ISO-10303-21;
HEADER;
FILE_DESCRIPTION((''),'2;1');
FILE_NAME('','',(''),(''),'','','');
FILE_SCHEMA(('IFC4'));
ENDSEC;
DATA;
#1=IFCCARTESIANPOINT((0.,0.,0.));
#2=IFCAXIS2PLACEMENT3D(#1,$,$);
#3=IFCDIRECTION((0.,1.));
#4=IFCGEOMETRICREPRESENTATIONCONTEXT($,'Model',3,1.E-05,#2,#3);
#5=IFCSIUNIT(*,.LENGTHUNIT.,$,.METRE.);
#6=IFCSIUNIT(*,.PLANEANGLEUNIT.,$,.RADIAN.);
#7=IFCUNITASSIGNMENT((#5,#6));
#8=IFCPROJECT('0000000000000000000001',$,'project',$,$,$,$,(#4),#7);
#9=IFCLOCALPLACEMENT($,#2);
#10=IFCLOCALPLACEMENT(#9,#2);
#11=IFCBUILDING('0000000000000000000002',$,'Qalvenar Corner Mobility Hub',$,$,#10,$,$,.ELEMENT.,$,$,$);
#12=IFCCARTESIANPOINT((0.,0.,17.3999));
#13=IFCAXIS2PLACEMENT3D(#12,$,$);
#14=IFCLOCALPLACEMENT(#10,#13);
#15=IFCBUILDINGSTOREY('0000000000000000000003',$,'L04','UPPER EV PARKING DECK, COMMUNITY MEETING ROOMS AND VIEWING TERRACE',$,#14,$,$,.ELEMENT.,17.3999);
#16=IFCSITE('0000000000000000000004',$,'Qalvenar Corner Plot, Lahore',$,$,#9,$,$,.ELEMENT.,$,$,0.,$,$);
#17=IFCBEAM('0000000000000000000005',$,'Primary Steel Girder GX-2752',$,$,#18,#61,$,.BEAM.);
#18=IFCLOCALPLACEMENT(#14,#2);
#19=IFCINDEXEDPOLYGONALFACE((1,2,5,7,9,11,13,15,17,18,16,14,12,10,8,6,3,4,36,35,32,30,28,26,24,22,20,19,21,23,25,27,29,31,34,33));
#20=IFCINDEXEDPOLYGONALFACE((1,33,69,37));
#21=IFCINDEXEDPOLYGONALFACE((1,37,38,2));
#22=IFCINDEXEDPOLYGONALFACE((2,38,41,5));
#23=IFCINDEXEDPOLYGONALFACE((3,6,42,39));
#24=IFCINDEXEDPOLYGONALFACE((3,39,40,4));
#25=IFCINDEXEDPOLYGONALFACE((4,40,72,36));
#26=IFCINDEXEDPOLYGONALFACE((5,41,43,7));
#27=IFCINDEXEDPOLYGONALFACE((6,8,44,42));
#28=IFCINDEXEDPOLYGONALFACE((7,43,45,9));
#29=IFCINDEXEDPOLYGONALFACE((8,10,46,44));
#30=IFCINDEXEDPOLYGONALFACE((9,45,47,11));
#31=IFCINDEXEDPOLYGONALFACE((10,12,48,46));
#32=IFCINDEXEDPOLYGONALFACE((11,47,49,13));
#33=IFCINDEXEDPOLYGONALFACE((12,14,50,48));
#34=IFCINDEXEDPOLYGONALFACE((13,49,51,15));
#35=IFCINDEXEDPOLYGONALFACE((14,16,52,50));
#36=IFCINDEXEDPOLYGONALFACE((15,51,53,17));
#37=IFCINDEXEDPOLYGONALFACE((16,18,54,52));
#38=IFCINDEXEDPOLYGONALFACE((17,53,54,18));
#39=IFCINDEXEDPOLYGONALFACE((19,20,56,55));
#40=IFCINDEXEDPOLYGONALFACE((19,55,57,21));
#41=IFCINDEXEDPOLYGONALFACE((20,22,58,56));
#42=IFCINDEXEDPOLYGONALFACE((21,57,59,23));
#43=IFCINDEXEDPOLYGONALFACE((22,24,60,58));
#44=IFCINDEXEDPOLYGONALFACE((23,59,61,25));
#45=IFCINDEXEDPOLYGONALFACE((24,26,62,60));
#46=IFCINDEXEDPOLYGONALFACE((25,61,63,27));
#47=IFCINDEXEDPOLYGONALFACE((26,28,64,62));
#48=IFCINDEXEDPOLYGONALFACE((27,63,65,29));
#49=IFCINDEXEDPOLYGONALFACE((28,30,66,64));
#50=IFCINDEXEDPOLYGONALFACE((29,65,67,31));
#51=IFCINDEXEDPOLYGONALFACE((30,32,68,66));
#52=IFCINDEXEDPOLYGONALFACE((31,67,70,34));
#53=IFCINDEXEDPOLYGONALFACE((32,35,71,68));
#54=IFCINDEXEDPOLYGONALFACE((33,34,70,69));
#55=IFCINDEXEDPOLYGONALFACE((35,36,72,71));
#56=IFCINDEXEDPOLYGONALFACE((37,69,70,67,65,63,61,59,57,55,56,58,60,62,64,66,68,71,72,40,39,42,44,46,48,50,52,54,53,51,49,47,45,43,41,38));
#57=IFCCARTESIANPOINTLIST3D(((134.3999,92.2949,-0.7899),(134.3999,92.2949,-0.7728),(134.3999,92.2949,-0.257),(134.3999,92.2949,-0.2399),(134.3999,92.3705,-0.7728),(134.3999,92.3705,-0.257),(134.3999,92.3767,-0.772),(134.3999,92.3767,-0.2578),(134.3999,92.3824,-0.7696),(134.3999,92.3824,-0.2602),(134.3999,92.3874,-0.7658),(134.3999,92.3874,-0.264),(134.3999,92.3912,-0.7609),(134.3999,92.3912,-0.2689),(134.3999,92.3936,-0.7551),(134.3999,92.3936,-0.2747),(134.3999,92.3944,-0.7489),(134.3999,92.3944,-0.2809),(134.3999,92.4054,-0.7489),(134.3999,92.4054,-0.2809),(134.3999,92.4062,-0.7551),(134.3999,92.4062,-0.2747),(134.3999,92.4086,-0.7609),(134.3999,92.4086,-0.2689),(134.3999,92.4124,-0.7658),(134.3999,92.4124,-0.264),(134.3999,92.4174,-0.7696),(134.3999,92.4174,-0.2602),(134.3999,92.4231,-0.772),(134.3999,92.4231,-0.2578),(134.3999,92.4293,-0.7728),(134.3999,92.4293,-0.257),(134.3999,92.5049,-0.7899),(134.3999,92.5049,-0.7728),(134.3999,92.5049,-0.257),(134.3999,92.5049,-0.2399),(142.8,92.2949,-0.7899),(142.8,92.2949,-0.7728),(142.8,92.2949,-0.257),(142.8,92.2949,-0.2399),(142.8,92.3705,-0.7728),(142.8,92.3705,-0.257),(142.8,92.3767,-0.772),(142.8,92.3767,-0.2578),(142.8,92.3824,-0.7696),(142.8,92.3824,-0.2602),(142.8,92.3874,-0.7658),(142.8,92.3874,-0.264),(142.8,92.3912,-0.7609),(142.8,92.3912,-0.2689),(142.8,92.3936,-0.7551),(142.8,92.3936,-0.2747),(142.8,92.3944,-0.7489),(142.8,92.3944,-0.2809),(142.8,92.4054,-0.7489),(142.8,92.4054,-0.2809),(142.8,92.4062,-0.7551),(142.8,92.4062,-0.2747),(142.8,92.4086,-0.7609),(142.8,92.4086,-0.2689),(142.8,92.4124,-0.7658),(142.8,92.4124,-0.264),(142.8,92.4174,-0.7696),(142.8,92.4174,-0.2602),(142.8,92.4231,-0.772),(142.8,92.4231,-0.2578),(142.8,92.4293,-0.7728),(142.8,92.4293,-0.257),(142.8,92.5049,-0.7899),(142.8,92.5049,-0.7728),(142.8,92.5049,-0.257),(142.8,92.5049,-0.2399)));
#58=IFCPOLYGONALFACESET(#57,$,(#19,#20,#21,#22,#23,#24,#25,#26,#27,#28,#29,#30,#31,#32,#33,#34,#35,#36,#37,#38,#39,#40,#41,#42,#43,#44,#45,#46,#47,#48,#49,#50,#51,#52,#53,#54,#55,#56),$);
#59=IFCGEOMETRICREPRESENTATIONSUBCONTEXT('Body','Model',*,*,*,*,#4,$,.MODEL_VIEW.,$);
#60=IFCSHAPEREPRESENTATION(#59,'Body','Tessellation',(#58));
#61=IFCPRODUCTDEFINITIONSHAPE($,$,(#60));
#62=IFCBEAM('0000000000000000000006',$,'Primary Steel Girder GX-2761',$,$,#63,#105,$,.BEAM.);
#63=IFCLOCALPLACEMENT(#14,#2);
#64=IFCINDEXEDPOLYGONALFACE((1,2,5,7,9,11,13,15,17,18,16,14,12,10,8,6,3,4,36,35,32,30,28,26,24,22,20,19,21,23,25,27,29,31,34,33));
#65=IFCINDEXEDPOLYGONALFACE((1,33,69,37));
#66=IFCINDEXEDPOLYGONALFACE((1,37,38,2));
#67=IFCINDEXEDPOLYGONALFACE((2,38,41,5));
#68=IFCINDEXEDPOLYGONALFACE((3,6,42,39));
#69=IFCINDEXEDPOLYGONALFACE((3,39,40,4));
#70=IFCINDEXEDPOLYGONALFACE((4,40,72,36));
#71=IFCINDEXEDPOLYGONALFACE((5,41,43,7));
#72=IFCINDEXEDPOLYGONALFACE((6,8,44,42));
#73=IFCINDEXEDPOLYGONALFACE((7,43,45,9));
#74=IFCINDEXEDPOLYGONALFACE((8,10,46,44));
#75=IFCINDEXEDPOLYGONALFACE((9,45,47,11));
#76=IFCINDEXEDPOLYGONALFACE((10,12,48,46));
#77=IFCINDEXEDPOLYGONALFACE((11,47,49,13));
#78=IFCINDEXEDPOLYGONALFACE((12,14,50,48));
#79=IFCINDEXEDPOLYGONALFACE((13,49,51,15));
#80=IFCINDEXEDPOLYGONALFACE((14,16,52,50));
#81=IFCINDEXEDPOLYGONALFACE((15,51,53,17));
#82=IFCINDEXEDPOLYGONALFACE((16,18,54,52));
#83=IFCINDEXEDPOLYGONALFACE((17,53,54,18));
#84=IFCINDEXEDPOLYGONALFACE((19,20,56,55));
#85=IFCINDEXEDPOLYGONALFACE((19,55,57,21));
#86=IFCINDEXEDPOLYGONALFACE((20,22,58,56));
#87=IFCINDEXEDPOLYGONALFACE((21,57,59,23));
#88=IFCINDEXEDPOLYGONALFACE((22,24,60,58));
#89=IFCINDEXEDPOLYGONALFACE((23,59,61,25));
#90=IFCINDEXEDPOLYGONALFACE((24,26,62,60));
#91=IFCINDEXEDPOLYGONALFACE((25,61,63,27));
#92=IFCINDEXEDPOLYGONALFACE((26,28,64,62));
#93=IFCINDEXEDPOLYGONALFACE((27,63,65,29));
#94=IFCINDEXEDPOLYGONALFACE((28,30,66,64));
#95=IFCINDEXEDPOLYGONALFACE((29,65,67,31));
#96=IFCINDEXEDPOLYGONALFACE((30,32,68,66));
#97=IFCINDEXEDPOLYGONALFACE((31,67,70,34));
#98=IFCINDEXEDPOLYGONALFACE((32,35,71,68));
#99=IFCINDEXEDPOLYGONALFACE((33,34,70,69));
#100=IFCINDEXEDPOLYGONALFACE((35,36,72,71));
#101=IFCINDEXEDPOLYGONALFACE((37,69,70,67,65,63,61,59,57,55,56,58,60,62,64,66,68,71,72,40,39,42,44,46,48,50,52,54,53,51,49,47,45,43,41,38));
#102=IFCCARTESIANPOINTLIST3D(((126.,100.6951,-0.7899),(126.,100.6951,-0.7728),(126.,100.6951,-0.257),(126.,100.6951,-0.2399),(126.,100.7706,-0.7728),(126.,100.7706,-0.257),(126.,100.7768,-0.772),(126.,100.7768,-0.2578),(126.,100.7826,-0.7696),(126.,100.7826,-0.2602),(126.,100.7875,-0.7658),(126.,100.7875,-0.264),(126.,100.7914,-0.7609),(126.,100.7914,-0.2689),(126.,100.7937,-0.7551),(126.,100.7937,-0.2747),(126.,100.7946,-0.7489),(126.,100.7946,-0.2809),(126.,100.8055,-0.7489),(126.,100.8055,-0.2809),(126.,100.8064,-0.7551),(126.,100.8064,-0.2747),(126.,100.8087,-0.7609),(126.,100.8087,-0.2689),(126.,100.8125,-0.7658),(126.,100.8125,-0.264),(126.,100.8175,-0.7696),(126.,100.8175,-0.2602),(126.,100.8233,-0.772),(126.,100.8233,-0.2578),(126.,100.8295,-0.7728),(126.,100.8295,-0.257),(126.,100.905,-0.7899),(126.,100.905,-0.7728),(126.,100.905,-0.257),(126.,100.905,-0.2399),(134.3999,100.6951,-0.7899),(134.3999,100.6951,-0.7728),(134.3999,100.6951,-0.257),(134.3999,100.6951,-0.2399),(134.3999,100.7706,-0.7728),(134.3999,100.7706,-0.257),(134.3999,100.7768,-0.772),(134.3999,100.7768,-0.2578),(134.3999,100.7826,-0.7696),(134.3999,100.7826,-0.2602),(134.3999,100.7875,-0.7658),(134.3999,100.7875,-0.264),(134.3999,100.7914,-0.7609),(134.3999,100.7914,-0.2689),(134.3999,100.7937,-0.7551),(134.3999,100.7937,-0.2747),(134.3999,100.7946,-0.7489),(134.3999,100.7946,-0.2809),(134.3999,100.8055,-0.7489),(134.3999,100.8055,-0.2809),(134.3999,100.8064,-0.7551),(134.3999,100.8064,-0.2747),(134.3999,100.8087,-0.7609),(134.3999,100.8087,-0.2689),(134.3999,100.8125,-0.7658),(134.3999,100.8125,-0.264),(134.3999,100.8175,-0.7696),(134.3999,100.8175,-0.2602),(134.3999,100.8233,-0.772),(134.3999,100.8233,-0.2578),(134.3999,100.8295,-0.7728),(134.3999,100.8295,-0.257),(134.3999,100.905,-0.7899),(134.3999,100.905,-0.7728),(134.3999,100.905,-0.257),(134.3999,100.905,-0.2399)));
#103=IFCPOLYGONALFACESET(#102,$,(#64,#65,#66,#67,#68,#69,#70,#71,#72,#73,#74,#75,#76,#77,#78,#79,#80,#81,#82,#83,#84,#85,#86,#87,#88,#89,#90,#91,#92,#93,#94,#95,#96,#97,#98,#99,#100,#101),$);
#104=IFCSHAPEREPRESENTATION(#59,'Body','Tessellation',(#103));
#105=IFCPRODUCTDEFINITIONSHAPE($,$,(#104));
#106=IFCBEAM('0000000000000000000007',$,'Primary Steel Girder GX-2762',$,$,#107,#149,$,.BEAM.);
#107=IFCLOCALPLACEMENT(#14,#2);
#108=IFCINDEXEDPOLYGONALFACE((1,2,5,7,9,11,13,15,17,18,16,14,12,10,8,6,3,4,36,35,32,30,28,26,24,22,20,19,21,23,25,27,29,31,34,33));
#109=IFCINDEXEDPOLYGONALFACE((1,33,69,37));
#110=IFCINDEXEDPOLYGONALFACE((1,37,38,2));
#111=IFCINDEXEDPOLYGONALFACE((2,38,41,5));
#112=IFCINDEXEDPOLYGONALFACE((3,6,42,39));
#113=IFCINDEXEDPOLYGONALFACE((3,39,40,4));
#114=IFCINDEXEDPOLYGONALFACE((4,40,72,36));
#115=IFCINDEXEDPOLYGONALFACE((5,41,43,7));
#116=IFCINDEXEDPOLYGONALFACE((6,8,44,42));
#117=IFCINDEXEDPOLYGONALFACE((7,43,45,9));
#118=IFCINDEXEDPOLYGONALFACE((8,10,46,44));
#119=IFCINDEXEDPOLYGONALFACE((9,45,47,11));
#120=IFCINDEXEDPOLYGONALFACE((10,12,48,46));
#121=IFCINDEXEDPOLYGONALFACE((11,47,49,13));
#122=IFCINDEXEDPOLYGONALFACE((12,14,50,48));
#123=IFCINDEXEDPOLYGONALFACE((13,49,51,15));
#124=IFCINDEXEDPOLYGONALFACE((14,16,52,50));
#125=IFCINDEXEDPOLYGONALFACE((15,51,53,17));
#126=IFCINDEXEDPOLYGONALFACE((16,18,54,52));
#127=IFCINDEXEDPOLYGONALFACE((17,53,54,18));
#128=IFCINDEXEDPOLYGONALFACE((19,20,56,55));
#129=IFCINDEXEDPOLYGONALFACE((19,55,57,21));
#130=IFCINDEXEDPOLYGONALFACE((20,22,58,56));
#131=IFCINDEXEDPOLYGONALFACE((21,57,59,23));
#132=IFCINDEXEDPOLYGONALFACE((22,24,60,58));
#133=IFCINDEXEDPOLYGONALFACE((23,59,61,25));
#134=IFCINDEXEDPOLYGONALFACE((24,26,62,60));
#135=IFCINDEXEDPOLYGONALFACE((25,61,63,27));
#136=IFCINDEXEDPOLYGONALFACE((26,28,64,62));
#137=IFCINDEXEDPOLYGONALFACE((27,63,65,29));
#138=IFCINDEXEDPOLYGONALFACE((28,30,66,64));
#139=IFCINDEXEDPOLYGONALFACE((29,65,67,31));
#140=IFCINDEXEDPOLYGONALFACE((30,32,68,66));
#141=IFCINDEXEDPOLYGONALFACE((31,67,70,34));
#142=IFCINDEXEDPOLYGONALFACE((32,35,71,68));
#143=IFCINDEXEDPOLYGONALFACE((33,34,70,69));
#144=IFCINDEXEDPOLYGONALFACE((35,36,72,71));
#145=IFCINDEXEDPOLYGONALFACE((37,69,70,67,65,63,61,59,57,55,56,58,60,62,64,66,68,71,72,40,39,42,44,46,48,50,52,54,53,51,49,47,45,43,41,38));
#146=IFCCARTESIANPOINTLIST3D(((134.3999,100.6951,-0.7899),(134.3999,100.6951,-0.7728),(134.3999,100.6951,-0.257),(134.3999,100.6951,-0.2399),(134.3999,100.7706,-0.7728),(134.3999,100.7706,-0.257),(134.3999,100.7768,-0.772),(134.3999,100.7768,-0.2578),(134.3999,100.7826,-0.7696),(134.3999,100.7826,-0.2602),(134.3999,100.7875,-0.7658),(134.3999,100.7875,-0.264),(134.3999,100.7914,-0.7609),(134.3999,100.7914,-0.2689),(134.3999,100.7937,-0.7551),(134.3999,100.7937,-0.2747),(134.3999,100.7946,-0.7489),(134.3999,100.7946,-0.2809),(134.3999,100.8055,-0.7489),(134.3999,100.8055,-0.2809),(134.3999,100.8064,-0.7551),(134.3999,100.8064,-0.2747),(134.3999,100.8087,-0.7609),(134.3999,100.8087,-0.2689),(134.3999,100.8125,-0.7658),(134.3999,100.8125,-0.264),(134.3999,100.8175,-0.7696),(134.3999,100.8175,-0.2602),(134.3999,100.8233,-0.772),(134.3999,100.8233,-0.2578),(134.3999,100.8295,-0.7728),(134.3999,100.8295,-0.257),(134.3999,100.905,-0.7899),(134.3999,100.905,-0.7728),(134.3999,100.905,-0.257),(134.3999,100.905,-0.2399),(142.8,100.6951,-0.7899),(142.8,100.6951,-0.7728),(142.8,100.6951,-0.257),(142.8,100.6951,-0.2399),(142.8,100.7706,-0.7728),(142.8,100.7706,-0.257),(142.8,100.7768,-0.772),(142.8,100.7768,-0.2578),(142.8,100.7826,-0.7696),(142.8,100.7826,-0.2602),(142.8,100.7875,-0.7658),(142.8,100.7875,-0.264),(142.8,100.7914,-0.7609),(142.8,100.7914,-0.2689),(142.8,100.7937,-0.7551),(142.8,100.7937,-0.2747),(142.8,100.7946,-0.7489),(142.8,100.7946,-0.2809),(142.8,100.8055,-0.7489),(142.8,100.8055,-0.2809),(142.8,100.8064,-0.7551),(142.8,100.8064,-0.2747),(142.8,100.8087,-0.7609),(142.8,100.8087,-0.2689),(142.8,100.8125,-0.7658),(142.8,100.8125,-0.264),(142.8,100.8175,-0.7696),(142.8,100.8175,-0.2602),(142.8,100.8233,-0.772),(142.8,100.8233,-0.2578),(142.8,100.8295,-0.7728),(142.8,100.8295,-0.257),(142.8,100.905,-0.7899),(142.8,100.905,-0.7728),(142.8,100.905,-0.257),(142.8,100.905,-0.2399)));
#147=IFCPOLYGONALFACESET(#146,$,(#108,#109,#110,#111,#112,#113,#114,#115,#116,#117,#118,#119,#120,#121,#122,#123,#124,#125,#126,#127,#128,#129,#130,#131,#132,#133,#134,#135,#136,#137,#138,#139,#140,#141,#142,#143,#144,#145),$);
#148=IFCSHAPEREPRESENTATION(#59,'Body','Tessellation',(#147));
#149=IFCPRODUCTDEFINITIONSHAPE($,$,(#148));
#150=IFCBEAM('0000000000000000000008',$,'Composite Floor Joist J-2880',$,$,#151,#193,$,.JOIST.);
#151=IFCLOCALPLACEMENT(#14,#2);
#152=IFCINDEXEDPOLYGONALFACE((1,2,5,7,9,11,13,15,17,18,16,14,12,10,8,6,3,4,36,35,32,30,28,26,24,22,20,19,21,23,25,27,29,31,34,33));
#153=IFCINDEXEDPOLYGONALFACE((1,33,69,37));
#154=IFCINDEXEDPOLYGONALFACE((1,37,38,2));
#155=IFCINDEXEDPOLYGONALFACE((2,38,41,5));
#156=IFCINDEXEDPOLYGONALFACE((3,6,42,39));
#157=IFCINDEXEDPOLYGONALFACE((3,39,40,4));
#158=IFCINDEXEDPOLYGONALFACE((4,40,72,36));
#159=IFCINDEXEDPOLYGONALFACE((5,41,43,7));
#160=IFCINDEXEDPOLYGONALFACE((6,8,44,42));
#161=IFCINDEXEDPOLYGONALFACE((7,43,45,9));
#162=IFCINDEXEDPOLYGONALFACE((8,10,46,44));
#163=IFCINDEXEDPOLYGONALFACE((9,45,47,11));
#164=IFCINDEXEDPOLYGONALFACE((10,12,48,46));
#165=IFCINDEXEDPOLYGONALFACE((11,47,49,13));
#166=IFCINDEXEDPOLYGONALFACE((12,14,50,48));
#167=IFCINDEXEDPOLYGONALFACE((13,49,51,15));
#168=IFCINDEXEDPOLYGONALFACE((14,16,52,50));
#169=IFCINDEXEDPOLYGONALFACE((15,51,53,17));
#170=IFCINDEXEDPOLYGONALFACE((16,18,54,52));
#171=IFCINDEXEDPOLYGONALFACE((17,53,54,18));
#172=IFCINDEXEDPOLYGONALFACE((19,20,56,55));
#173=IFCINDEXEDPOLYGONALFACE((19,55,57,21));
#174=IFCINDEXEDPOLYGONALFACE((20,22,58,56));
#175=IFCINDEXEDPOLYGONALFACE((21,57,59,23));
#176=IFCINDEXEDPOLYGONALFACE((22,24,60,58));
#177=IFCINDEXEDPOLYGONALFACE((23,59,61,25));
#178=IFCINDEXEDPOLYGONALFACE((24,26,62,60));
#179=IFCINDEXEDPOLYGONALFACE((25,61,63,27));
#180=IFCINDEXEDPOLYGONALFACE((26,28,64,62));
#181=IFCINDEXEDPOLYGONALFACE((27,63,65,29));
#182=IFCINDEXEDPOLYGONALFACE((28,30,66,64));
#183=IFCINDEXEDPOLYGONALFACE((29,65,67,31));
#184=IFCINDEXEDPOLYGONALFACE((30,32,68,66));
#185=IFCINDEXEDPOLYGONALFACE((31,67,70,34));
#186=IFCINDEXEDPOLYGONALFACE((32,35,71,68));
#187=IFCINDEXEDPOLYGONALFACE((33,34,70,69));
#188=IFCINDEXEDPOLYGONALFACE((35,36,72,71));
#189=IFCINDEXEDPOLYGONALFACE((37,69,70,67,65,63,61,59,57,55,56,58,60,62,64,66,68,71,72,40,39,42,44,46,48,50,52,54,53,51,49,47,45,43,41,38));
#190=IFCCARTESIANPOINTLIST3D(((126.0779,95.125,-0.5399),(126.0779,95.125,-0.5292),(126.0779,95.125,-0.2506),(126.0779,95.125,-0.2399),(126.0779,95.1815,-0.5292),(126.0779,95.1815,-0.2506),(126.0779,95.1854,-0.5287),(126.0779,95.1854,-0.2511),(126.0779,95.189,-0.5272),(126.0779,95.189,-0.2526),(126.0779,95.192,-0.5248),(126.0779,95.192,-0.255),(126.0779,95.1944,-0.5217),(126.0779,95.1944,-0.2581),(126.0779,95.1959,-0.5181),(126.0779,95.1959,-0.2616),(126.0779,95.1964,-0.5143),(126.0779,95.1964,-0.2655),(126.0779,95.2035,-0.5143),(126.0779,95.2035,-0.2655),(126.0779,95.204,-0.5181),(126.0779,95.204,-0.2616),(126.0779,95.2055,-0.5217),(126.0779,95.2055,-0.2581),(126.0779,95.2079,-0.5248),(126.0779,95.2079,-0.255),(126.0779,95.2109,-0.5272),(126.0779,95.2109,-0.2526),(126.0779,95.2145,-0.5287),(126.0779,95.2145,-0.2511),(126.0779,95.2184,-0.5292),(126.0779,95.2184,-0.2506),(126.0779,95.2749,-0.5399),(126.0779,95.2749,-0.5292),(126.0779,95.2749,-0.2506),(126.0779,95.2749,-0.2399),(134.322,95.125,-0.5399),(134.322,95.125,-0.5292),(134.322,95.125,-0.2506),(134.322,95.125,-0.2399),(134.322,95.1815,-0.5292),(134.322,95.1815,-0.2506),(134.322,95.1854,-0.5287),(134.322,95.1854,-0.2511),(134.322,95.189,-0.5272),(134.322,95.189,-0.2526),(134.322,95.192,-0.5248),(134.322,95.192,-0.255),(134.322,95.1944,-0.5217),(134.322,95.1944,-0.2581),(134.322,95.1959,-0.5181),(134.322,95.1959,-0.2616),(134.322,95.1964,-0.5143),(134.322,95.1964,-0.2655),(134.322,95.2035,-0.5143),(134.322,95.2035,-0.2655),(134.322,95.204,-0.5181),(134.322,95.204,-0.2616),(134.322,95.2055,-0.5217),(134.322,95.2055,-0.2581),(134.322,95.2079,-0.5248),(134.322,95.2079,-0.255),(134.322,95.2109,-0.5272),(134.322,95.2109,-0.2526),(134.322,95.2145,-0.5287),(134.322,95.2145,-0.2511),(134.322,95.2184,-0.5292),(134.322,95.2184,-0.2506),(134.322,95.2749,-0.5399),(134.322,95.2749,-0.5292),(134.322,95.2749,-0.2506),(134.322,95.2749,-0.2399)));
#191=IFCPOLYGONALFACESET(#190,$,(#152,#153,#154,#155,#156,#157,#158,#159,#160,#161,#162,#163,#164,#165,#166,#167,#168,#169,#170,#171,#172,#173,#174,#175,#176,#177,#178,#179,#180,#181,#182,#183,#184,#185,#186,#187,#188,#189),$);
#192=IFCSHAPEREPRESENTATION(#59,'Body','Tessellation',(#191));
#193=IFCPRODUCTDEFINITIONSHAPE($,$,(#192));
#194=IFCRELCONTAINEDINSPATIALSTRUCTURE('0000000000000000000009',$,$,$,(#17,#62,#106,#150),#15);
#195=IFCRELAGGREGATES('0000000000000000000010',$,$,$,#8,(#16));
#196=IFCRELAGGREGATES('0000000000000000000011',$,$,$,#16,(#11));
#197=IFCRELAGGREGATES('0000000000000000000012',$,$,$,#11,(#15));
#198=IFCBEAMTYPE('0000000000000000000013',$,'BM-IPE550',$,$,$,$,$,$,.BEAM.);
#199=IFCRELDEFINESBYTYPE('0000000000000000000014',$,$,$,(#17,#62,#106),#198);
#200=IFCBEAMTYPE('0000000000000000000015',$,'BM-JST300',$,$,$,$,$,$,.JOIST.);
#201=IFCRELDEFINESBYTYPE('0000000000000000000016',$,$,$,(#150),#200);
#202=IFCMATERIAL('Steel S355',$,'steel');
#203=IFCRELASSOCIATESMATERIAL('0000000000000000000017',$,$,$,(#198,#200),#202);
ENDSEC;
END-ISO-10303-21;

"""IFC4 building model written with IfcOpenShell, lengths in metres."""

from ifc_helpers import new_model, si_unit, direction, frame, origin, origin_2d, place, context, subcontext, project, spatial, i_section, extrude, material, material_profile, profile_set, type_object, element, save


model = new_model("IFC4")

# Units and contexts
model_context = context("Model", 3, precision=1e-05, world=origin(), true_north=direction((0.0, 1.0)))
body_context = subcontext(model_context, "Body", "Model", "MODEL_VIEW")
ifc_project = project(units=[si_unit("LENGTHUNIT", "METRE"), si_unit("PLANEANGLEUNIT", "RADIAN")], contexts=[model_context])

# Site, building, storey
site_placement = place(None, origin())
site = spatial("IfcSite", under=ifc_project, at=site_placement, Name="Qalvenar Corner Plot, Lahore", CompositionType="ELEMENT", RefElevation=0.0)
building_placement = place(site_placement, origin())
building = spatial("IfcBuilding", under=site, at=building_placement, Name="Qalvenar Corner Mobility Hub", CompositionType="ELEMENT")
storey_placement = place(building_placement, frame((0.0, 0.0, 17.3999)))
storey = spatial("IfcBuildingStorey", under=building, at=storey_placement, Name="L04", Description="UPPER EV PARKING DECK, COMMUNITY MEETING ROOMS AND VIEWING TERRACE", CompositionType="ELEMENT", Elevation=17.3999)

# Shared definitions
ifc_material_1 = material(Name="Steel S355", Category="steel")

# Beams
ifc_material_profile_1 = material_profile(ifc_material_1, i_section(OverallWidth=0.21, OverallDepth=0.55, WebThickness=0.011, FlangeThickness=0.0171, FilletRadius=0.0239, at=origin_2d()), Name="IPE550")
ifc_profile_set_1 = profile_set([ifc_material_profile_1], Name="Steel S355")
beam_type_1 = type_object("IfcBeamType", Name="BM-IPE550", PredefinedType="BEAM", material=ifc_profile_set_1)
beam_1_placement = place(storey_placement, frame((134.3999, 92.3999, -0.5149), z_axis=(1.0, 0.0, 0.0), x_axis=(0.0, 1.0, 0.0)))
element("IfcBeam", 1, at=beam_1_placement, inside=storey, type_object=beam_type_1, Name="Primary Steel Girder GX-2752", PredefinedType="BEAM", context=body_context, shape_type="SweptSolid", body=[
    extrude(i_section(OverallWidth=0.21, OverallDepth=0.55, WebThickness=0.011, FlangeThickness=0.0171, FilletRadius=0.0239, at=origin_2d()), origin(), (0.0, 0.0, 1.0), 8.4001),
])
beam_2_placement = place(storey_placement, frame((126.0, 100.8, -0.5149), z_axis=(1.0, 0.0, 0.0), x_axis=(0.0, 1.0, 0.0)))
element("IfcBeam", 2, at=beam_2_placement, inside=storey, type_object=beam_type_1, Name="Primary Steel Girder GX-2761", PredefinedType="BEAM", context=body_context, shape_type="SweptSolid", body=[
    extrude(i_section(OverallWidth=0.21, OverallDepth=0.55, WebThickness=0.011, FlangeThickness=0.0171, FilletRadius=0.0239, at=origin_2d()), origin(), (0.0, 0.0, 1.0), 8.3999),
])
beam_3_placement = place(storey_placement, frame((134.3999, 100.8, -0.5149), z_axis=(1.0, 0.0, 0.0), x_axis=(0.0, 1.0, 0.0)))
element("IfcBeam", 3, at=beam_3_placement, inside=storey, type_object=beam_type_1, Name="Primary Steel Girder GX-2762", PredefinedType="BEAM", context=body_context, shape_type="SweptSolid", body=[
    extrude(i_section(OverallWidth=0.21, OverallDepth=0.55, WebThickness=0.011, FlangeThickness=0.0171, FilletRadius=0.0239, at=origin_2d()), origin(), (0.0, 0.0, 1.0), 8.4001),
])
ifc_material_profile_2 = material_profile(ifc_material_1, i_section(OverallWidth=0.1499, OverallDepth=0.3, WebThickness=0.0071, FlangeThickness=0.0107, FilletRadius=0.0149, at=origin_2d()), Name="IPE300")
ifc_profile_set_2 = profile_set([ifc_material_profile_2], Name="Steel S355")
beam_type_2 = type_object("IfcBeamType", Name="BM-JST300", PredefinedType="JOIST", material=ifc_profile_set_2)
for number, where, z_axis, x_axis, name in (
    (4, (126.0779, 95.2, -0.3899), (1.0, 0.0, 0.0), (0.0, 1.0, 0.0), "Composite Floor Joist J-2880"),
):
    element("IfcBeam", number, at=place(storey_placement, frame(where, z_axis=z_axis, x_axis=x_axis)), inside=storey, type_object=beam_type_2, Name=name, PredefinedType="JOIST", context=body_context, shape_type="SweptSolid", body=[
        extrude(i_section(OverallWidth=0.1499, OverallDepth=0.3, WebThickness=0.0071, FlangeThickness=0.0107, FilletRadius=0.0149, at=origin_2d()), origin(), (0.0, 0.0, 1.0), 8.2441),
    ])

save(model, "model.ifc")
